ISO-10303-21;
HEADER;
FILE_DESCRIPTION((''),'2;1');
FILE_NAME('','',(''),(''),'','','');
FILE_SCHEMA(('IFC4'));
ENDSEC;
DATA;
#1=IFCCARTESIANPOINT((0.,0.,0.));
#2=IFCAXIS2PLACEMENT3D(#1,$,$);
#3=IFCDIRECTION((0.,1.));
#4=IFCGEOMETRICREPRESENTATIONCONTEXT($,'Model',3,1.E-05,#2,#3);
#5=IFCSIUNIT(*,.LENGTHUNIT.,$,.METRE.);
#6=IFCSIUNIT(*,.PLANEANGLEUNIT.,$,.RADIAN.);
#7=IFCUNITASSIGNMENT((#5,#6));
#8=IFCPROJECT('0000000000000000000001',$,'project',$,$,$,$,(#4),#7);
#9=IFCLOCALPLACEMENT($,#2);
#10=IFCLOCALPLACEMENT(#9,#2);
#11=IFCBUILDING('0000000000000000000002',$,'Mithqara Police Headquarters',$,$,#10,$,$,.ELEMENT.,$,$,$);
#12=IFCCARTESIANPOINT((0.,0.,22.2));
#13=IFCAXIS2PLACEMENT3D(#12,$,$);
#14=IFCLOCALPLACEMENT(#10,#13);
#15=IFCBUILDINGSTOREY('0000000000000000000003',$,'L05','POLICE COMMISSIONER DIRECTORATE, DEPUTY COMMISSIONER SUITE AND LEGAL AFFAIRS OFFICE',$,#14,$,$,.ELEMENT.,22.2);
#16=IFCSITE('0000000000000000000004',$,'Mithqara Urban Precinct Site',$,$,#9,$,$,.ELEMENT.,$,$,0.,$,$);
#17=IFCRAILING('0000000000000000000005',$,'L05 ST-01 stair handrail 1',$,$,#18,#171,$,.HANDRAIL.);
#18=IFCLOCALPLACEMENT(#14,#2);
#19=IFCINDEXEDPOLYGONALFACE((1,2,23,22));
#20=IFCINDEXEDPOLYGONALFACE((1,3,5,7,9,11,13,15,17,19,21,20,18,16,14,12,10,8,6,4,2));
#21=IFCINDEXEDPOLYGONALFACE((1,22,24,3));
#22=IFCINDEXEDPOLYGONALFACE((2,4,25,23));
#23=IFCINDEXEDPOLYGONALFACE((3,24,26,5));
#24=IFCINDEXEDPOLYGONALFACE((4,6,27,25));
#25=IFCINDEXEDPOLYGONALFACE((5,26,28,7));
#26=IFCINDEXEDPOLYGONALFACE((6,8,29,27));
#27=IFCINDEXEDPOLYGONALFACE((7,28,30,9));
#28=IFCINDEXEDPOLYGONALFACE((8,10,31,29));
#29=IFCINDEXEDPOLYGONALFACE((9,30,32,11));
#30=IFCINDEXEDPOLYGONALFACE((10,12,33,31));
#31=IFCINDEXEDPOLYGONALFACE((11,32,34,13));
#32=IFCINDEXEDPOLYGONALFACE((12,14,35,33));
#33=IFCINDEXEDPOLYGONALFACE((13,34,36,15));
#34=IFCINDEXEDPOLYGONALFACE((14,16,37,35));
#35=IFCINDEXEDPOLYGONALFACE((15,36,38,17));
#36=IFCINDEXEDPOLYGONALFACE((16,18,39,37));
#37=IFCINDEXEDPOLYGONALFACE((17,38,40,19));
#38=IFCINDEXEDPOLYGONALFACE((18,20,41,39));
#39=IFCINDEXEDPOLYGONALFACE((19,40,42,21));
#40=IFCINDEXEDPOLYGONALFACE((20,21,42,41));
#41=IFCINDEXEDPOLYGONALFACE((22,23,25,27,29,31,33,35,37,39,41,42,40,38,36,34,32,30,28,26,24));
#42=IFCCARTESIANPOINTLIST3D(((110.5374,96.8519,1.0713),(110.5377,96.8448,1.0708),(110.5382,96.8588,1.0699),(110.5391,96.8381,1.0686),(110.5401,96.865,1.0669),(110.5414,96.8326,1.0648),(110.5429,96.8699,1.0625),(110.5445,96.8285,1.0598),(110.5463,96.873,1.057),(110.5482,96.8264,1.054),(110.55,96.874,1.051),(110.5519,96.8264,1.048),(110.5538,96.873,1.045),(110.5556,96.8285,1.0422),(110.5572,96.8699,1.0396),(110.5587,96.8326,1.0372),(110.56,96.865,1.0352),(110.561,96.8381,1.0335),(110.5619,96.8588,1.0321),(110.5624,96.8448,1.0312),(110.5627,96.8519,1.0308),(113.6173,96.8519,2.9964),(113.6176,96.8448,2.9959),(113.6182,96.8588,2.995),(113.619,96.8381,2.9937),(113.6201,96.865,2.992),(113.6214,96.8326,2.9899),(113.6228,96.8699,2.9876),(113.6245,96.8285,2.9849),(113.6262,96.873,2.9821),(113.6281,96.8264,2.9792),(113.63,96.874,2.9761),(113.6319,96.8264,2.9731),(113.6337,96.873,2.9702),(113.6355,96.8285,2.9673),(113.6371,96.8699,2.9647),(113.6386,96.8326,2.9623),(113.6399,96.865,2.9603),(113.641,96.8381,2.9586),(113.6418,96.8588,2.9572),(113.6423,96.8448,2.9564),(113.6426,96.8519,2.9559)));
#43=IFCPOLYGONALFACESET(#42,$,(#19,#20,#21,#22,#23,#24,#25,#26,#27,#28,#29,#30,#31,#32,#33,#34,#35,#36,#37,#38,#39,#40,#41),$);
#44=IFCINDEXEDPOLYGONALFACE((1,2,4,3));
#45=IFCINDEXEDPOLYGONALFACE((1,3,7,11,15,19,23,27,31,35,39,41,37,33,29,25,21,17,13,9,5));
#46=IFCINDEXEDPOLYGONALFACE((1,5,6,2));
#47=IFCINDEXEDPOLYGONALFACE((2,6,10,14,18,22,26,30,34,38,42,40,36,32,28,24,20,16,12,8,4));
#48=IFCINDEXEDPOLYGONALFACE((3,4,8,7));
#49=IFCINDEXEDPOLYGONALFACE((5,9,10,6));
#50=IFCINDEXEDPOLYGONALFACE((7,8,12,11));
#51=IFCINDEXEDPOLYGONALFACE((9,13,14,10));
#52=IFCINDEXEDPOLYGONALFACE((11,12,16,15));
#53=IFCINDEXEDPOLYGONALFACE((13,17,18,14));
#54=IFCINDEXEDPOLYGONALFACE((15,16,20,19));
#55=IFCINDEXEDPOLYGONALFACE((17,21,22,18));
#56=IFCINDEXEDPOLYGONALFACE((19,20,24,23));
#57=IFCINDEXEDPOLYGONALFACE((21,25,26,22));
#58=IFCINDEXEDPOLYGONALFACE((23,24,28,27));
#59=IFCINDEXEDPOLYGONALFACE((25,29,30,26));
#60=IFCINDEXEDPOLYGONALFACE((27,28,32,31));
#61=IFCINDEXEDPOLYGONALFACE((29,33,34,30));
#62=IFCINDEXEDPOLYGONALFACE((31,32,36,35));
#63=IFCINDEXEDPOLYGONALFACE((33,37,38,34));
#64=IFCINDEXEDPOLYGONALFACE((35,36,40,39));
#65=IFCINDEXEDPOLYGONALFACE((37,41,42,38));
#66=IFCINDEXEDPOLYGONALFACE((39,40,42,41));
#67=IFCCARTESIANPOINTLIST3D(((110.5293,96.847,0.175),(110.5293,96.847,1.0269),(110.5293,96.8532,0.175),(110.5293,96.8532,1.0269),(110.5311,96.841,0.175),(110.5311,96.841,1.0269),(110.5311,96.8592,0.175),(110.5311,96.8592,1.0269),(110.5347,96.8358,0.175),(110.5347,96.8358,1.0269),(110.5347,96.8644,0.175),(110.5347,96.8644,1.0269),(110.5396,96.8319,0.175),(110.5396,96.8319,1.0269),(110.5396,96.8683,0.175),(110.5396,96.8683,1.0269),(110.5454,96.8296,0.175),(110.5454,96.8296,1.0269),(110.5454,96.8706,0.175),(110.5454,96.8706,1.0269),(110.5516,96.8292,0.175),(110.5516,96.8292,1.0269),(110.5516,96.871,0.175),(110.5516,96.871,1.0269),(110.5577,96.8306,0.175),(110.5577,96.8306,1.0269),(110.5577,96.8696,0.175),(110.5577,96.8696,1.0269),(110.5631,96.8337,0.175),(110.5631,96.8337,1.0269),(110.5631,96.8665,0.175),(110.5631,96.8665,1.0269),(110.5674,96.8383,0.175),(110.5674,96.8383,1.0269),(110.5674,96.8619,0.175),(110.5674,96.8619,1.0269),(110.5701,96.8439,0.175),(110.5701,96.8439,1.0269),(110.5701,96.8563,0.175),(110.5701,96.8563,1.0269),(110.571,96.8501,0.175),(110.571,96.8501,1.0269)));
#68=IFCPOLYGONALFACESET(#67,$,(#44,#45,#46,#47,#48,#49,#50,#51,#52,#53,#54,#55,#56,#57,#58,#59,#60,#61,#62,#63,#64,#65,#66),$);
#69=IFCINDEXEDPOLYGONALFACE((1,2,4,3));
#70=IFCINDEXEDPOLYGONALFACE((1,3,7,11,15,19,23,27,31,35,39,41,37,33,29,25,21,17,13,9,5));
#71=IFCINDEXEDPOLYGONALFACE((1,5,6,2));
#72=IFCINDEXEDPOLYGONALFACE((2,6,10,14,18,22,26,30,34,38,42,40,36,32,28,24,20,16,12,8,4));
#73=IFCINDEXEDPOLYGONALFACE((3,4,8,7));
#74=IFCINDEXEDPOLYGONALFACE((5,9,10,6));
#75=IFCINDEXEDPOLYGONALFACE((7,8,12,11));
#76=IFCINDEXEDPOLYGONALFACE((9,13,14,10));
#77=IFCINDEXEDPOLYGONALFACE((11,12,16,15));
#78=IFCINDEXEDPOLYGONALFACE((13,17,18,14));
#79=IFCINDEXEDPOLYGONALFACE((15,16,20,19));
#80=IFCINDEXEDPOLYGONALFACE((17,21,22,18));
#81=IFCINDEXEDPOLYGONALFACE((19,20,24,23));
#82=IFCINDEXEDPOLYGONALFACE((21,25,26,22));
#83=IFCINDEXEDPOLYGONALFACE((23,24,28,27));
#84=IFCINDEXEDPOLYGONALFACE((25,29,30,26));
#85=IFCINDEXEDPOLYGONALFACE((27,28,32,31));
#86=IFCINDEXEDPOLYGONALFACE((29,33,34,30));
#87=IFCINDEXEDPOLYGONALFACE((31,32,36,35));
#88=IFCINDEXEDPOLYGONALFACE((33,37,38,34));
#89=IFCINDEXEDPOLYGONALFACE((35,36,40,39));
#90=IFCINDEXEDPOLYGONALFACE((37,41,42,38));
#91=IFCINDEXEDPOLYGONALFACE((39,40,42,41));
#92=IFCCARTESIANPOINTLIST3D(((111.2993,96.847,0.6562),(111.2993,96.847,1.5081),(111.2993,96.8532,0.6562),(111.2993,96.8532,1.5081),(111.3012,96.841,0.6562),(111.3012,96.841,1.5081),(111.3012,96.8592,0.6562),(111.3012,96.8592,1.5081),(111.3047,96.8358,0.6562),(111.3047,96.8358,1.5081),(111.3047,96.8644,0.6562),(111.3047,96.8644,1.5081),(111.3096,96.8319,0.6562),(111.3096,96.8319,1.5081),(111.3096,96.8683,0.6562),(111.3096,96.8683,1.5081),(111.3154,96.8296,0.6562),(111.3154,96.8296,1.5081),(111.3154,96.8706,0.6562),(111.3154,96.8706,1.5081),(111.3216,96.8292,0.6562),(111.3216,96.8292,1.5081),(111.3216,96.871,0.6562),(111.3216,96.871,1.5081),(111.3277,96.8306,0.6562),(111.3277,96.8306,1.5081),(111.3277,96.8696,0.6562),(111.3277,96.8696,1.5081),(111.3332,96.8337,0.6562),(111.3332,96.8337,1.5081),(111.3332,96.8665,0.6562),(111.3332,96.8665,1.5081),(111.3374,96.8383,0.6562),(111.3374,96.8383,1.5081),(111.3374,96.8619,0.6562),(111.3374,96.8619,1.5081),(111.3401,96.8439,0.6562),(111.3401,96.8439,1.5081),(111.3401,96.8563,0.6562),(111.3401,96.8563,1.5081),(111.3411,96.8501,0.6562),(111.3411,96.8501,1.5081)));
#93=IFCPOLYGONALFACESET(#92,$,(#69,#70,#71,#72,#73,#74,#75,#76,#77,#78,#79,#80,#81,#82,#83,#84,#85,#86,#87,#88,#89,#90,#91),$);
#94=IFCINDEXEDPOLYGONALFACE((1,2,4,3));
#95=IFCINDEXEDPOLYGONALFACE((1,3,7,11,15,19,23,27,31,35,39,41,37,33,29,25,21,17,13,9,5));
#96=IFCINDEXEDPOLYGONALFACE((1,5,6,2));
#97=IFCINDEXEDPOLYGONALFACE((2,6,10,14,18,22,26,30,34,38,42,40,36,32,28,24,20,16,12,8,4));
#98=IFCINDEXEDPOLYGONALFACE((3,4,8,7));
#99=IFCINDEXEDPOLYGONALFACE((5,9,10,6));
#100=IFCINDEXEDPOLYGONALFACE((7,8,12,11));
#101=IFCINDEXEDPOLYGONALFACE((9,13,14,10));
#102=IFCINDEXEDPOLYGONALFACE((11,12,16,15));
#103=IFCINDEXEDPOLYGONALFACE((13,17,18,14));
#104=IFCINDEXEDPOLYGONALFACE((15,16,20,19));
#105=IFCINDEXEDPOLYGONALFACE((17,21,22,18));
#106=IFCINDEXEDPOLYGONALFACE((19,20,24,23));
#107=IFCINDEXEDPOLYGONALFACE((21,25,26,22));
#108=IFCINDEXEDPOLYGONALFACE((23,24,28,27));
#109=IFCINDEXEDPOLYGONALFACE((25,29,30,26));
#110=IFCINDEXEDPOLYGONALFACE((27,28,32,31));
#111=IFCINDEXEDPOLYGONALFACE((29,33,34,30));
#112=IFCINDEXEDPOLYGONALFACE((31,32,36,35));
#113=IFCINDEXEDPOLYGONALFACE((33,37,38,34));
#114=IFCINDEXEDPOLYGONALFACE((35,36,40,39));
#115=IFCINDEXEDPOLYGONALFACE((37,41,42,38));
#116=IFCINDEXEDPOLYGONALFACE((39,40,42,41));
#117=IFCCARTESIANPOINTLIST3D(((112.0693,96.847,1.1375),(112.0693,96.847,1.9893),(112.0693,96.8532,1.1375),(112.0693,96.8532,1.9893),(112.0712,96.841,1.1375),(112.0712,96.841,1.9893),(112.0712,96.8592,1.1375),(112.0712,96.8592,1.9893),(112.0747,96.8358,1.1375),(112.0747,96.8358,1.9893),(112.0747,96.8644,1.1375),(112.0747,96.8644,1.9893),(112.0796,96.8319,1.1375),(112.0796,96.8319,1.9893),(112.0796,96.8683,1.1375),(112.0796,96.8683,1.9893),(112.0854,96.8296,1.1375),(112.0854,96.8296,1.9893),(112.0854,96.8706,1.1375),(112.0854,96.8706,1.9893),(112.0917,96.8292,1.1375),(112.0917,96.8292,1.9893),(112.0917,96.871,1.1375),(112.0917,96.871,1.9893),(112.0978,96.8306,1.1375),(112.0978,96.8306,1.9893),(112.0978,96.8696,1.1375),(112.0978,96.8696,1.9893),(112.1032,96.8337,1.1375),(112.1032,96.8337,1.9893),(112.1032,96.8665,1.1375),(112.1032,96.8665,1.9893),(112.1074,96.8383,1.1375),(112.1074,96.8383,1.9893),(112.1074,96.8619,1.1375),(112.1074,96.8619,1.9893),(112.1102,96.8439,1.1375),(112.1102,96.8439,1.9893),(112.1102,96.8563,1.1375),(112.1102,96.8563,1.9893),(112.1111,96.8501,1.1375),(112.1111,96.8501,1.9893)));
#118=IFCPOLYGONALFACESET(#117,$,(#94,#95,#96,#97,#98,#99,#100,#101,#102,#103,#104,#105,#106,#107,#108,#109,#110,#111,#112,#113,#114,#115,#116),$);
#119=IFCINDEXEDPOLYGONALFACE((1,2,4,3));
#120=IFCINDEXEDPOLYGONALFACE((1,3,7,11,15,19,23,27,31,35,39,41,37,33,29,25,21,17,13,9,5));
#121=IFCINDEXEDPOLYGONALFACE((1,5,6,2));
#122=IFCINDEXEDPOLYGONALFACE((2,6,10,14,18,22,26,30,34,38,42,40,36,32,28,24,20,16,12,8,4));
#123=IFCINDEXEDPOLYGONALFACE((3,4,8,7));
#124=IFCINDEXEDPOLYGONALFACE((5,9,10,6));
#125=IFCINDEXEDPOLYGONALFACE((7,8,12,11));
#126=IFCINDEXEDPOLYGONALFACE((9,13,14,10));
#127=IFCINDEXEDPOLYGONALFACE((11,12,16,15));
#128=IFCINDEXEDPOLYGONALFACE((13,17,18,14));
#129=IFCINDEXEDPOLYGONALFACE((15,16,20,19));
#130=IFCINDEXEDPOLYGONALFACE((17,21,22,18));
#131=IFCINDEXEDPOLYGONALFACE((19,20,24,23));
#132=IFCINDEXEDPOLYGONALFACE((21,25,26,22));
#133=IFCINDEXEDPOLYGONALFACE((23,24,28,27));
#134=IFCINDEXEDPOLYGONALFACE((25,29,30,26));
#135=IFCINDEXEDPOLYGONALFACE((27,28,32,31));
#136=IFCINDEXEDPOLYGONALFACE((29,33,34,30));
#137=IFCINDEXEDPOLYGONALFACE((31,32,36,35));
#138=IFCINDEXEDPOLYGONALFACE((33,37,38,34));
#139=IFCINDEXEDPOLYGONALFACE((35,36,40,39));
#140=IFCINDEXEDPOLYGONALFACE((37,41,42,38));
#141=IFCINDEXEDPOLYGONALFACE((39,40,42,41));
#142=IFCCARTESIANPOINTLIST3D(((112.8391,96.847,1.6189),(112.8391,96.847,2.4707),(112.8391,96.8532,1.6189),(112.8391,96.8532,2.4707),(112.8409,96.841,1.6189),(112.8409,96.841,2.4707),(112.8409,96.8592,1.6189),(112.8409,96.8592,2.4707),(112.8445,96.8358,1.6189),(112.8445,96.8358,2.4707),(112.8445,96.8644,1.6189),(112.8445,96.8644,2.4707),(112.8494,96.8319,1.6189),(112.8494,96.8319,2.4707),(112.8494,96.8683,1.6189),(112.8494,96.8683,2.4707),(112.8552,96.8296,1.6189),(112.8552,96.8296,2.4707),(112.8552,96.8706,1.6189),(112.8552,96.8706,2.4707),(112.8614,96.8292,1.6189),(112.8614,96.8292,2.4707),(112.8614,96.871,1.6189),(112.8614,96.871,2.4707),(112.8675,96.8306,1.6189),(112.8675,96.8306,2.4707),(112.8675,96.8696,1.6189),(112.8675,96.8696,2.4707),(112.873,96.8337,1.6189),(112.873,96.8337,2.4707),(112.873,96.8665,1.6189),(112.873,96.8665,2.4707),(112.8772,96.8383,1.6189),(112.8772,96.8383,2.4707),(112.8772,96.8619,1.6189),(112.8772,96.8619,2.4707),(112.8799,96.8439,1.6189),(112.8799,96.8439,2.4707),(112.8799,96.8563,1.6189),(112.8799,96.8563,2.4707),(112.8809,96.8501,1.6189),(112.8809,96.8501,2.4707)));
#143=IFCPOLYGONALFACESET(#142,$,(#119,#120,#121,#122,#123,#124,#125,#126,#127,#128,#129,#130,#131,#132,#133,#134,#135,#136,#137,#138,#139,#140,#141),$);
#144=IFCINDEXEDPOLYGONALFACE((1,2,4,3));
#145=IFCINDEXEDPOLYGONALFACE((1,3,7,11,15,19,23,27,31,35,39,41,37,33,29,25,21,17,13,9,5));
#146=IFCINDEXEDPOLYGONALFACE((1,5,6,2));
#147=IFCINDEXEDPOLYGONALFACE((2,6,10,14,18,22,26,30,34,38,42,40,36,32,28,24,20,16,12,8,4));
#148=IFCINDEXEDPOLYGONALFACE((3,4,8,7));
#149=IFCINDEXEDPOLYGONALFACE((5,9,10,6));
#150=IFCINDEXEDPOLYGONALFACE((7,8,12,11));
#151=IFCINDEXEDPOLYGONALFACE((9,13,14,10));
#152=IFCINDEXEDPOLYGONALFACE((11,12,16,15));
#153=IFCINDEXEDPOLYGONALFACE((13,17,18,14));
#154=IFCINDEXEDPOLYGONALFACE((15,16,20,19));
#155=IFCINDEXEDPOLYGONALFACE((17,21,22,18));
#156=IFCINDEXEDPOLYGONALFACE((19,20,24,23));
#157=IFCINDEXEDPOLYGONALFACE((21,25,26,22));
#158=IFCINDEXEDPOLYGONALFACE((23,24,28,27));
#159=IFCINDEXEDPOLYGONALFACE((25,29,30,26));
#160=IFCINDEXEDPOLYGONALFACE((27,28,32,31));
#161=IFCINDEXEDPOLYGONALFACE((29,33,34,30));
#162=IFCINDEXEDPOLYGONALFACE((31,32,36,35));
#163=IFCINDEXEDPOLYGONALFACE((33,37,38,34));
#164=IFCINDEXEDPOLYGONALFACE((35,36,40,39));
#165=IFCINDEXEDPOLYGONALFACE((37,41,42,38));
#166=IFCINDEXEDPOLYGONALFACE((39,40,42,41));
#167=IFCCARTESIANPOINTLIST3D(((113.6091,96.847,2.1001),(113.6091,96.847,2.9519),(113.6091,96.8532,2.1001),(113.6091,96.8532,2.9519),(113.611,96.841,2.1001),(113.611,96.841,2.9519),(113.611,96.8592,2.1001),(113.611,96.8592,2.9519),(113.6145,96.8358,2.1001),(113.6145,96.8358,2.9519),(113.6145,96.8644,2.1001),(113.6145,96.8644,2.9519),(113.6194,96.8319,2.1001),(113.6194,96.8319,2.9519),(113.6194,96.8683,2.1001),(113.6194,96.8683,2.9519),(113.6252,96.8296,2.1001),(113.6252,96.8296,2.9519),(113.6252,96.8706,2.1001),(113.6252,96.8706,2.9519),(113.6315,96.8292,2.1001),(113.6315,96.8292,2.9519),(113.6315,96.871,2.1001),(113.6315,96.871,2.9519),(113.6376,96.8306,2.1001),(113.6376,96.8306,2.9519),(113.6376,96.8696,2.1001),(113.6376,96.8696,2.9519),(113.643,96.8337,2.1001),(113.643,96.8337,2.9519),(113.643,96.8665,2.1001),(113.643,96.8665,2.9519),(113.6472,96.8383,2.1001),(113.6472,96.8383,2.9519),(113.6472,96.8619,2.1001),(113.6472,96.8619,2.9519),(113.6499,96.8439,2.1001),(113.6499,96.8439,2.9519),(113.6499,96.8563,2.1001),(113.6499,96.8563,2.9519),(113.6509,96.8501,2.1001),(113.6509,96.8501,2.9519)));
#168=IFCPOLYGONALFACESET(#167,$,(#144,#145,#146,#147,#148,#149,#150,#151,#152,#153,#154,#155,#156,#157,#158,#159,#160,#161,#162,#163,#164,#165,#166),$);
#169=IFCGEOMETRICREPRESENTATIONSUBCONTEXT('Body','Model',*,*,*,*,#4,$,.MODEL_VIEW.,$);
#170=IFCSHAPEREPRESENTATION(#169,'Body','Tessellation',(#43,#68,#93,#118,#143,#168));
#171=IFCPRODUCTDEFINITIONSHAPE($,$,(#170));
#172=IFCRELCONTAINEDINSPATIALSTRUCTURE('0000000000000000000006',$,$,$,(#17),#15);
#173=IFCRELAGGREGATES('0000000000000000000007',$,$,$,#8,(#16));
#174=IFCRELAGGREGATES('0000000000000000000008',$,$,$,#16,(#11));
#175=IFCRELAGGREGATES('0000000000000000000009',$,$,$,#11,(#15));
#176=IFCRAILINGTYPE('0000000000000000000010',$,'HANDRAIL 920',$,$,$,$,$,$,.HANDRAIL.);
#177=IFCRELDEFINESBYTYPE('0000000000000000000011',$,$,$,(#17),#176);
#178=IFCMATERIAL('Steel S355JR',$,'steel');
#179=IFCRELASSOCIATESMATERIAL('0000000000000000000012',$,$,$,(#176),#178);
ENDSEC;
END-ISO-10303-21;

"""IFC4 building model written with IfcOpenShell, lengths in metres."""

from ifc_helpers import new_model, si_unit, direction, frame, origin, origin_2d, place, context, subcontext, project, spatial, circle, extrude, material, type_object, element, save


model = new_model("IFC4")

# Units and contexts
model_context = context("Model", 3, precision=1e-05, world=origin(), true_north=direction((0.0, 1.0)))
body_context = subcontext(model_context, "Body", "Model", "MODEL_VIEW")
ifc_project = project(units=[si_unit("LENGTHUNIT", "METRE"), si_unit("PLANEANGLEUNIT", "RADIAN")], contexts=[model_context])

# Site, building, storey
site_placement = place(None, origin())
site = spatial("IfcSite", under=ifc_project, at=site_placement, Name="Mithqara Urban Precinct Site", CompositionType="ELEMENT", RefElevation=0.0)
building_placement = place(site_placement, origin())
building = spatial("IfcBuilding", under=site, at=building_placement, Name="Mithqara Police Headquarters", CompositionType="ELEMENT")
storey_placement = place(building_placement, frame((0.0, 0.0, 22.2)))
storey = spatial("IfcBuildingStorey", under=building, at=storey_placement, Name="L05", Description="POLICE COMMISSIONER DIRECTORATE, DEPUTY COMMISSIONER SUITE AND LEGAL AFFAIRS OFFICE", CompositionType="ELEMENT", Elevation=22.2)

# Shared definitions
ifc_material_1 = material(Name="Steel S355JR", Category="steel")

# Railing
railing_type_1 = type_object("IfcRailingType", Name="HANDRAIL 920", PredefinedType="HANDRAIL", material=ifc_material_1)
railing_1_placement = place(storey_placement, frame((110.55, 96.8501, 0.175)))
element("IfcRailing", 1, at=railing_1_placement, inside=storey, type_object=railing_type_1, Name="L05 ST-01 stair handrail 1", PredefinedType="HANDRAIL", context=body_context, shape_type="SweptSolid", body=[
    extrude(circle(Radius=0.0239, at=origin_2d()), frame((0.0, 0.0, 0.876), z_axis=(0.847979, 0.0, 0.530029), x_axis=(0.0, 1.0, 0.0)), (0.0, 0.0, 1.0), 3.6321),
    extrude(circle(Radius=0.021, at=origin_2d()), origin(), (0.0, 0.0, 1.0), 0.8518),
    extrude(circle(Radius=0.021, at=origin_2d()), frame((0.77, 0.0, 0.4812)), (0.0, 0.0, 1.0), 0.8518),
    extrude(circle(Radius=0.021, at=origin_2d()), frame((1.54, 0.0, 0.9624)), (0.0, 0.0, 1.0), 0.8518),
    extrude(circle(Radius=0.021, at=origin_2d()), frame((2.3098, 0.0, 1.4438)), (0.0, 0.0, 1.0), 0.8518),
    extrude(circle(Radius=0.021, at=origin_2d()), frame((3.0798, 0.0, 1.925)), (0.0, 0.0, 1.0), 0.8518),
])

save(model, "model.ifc")
